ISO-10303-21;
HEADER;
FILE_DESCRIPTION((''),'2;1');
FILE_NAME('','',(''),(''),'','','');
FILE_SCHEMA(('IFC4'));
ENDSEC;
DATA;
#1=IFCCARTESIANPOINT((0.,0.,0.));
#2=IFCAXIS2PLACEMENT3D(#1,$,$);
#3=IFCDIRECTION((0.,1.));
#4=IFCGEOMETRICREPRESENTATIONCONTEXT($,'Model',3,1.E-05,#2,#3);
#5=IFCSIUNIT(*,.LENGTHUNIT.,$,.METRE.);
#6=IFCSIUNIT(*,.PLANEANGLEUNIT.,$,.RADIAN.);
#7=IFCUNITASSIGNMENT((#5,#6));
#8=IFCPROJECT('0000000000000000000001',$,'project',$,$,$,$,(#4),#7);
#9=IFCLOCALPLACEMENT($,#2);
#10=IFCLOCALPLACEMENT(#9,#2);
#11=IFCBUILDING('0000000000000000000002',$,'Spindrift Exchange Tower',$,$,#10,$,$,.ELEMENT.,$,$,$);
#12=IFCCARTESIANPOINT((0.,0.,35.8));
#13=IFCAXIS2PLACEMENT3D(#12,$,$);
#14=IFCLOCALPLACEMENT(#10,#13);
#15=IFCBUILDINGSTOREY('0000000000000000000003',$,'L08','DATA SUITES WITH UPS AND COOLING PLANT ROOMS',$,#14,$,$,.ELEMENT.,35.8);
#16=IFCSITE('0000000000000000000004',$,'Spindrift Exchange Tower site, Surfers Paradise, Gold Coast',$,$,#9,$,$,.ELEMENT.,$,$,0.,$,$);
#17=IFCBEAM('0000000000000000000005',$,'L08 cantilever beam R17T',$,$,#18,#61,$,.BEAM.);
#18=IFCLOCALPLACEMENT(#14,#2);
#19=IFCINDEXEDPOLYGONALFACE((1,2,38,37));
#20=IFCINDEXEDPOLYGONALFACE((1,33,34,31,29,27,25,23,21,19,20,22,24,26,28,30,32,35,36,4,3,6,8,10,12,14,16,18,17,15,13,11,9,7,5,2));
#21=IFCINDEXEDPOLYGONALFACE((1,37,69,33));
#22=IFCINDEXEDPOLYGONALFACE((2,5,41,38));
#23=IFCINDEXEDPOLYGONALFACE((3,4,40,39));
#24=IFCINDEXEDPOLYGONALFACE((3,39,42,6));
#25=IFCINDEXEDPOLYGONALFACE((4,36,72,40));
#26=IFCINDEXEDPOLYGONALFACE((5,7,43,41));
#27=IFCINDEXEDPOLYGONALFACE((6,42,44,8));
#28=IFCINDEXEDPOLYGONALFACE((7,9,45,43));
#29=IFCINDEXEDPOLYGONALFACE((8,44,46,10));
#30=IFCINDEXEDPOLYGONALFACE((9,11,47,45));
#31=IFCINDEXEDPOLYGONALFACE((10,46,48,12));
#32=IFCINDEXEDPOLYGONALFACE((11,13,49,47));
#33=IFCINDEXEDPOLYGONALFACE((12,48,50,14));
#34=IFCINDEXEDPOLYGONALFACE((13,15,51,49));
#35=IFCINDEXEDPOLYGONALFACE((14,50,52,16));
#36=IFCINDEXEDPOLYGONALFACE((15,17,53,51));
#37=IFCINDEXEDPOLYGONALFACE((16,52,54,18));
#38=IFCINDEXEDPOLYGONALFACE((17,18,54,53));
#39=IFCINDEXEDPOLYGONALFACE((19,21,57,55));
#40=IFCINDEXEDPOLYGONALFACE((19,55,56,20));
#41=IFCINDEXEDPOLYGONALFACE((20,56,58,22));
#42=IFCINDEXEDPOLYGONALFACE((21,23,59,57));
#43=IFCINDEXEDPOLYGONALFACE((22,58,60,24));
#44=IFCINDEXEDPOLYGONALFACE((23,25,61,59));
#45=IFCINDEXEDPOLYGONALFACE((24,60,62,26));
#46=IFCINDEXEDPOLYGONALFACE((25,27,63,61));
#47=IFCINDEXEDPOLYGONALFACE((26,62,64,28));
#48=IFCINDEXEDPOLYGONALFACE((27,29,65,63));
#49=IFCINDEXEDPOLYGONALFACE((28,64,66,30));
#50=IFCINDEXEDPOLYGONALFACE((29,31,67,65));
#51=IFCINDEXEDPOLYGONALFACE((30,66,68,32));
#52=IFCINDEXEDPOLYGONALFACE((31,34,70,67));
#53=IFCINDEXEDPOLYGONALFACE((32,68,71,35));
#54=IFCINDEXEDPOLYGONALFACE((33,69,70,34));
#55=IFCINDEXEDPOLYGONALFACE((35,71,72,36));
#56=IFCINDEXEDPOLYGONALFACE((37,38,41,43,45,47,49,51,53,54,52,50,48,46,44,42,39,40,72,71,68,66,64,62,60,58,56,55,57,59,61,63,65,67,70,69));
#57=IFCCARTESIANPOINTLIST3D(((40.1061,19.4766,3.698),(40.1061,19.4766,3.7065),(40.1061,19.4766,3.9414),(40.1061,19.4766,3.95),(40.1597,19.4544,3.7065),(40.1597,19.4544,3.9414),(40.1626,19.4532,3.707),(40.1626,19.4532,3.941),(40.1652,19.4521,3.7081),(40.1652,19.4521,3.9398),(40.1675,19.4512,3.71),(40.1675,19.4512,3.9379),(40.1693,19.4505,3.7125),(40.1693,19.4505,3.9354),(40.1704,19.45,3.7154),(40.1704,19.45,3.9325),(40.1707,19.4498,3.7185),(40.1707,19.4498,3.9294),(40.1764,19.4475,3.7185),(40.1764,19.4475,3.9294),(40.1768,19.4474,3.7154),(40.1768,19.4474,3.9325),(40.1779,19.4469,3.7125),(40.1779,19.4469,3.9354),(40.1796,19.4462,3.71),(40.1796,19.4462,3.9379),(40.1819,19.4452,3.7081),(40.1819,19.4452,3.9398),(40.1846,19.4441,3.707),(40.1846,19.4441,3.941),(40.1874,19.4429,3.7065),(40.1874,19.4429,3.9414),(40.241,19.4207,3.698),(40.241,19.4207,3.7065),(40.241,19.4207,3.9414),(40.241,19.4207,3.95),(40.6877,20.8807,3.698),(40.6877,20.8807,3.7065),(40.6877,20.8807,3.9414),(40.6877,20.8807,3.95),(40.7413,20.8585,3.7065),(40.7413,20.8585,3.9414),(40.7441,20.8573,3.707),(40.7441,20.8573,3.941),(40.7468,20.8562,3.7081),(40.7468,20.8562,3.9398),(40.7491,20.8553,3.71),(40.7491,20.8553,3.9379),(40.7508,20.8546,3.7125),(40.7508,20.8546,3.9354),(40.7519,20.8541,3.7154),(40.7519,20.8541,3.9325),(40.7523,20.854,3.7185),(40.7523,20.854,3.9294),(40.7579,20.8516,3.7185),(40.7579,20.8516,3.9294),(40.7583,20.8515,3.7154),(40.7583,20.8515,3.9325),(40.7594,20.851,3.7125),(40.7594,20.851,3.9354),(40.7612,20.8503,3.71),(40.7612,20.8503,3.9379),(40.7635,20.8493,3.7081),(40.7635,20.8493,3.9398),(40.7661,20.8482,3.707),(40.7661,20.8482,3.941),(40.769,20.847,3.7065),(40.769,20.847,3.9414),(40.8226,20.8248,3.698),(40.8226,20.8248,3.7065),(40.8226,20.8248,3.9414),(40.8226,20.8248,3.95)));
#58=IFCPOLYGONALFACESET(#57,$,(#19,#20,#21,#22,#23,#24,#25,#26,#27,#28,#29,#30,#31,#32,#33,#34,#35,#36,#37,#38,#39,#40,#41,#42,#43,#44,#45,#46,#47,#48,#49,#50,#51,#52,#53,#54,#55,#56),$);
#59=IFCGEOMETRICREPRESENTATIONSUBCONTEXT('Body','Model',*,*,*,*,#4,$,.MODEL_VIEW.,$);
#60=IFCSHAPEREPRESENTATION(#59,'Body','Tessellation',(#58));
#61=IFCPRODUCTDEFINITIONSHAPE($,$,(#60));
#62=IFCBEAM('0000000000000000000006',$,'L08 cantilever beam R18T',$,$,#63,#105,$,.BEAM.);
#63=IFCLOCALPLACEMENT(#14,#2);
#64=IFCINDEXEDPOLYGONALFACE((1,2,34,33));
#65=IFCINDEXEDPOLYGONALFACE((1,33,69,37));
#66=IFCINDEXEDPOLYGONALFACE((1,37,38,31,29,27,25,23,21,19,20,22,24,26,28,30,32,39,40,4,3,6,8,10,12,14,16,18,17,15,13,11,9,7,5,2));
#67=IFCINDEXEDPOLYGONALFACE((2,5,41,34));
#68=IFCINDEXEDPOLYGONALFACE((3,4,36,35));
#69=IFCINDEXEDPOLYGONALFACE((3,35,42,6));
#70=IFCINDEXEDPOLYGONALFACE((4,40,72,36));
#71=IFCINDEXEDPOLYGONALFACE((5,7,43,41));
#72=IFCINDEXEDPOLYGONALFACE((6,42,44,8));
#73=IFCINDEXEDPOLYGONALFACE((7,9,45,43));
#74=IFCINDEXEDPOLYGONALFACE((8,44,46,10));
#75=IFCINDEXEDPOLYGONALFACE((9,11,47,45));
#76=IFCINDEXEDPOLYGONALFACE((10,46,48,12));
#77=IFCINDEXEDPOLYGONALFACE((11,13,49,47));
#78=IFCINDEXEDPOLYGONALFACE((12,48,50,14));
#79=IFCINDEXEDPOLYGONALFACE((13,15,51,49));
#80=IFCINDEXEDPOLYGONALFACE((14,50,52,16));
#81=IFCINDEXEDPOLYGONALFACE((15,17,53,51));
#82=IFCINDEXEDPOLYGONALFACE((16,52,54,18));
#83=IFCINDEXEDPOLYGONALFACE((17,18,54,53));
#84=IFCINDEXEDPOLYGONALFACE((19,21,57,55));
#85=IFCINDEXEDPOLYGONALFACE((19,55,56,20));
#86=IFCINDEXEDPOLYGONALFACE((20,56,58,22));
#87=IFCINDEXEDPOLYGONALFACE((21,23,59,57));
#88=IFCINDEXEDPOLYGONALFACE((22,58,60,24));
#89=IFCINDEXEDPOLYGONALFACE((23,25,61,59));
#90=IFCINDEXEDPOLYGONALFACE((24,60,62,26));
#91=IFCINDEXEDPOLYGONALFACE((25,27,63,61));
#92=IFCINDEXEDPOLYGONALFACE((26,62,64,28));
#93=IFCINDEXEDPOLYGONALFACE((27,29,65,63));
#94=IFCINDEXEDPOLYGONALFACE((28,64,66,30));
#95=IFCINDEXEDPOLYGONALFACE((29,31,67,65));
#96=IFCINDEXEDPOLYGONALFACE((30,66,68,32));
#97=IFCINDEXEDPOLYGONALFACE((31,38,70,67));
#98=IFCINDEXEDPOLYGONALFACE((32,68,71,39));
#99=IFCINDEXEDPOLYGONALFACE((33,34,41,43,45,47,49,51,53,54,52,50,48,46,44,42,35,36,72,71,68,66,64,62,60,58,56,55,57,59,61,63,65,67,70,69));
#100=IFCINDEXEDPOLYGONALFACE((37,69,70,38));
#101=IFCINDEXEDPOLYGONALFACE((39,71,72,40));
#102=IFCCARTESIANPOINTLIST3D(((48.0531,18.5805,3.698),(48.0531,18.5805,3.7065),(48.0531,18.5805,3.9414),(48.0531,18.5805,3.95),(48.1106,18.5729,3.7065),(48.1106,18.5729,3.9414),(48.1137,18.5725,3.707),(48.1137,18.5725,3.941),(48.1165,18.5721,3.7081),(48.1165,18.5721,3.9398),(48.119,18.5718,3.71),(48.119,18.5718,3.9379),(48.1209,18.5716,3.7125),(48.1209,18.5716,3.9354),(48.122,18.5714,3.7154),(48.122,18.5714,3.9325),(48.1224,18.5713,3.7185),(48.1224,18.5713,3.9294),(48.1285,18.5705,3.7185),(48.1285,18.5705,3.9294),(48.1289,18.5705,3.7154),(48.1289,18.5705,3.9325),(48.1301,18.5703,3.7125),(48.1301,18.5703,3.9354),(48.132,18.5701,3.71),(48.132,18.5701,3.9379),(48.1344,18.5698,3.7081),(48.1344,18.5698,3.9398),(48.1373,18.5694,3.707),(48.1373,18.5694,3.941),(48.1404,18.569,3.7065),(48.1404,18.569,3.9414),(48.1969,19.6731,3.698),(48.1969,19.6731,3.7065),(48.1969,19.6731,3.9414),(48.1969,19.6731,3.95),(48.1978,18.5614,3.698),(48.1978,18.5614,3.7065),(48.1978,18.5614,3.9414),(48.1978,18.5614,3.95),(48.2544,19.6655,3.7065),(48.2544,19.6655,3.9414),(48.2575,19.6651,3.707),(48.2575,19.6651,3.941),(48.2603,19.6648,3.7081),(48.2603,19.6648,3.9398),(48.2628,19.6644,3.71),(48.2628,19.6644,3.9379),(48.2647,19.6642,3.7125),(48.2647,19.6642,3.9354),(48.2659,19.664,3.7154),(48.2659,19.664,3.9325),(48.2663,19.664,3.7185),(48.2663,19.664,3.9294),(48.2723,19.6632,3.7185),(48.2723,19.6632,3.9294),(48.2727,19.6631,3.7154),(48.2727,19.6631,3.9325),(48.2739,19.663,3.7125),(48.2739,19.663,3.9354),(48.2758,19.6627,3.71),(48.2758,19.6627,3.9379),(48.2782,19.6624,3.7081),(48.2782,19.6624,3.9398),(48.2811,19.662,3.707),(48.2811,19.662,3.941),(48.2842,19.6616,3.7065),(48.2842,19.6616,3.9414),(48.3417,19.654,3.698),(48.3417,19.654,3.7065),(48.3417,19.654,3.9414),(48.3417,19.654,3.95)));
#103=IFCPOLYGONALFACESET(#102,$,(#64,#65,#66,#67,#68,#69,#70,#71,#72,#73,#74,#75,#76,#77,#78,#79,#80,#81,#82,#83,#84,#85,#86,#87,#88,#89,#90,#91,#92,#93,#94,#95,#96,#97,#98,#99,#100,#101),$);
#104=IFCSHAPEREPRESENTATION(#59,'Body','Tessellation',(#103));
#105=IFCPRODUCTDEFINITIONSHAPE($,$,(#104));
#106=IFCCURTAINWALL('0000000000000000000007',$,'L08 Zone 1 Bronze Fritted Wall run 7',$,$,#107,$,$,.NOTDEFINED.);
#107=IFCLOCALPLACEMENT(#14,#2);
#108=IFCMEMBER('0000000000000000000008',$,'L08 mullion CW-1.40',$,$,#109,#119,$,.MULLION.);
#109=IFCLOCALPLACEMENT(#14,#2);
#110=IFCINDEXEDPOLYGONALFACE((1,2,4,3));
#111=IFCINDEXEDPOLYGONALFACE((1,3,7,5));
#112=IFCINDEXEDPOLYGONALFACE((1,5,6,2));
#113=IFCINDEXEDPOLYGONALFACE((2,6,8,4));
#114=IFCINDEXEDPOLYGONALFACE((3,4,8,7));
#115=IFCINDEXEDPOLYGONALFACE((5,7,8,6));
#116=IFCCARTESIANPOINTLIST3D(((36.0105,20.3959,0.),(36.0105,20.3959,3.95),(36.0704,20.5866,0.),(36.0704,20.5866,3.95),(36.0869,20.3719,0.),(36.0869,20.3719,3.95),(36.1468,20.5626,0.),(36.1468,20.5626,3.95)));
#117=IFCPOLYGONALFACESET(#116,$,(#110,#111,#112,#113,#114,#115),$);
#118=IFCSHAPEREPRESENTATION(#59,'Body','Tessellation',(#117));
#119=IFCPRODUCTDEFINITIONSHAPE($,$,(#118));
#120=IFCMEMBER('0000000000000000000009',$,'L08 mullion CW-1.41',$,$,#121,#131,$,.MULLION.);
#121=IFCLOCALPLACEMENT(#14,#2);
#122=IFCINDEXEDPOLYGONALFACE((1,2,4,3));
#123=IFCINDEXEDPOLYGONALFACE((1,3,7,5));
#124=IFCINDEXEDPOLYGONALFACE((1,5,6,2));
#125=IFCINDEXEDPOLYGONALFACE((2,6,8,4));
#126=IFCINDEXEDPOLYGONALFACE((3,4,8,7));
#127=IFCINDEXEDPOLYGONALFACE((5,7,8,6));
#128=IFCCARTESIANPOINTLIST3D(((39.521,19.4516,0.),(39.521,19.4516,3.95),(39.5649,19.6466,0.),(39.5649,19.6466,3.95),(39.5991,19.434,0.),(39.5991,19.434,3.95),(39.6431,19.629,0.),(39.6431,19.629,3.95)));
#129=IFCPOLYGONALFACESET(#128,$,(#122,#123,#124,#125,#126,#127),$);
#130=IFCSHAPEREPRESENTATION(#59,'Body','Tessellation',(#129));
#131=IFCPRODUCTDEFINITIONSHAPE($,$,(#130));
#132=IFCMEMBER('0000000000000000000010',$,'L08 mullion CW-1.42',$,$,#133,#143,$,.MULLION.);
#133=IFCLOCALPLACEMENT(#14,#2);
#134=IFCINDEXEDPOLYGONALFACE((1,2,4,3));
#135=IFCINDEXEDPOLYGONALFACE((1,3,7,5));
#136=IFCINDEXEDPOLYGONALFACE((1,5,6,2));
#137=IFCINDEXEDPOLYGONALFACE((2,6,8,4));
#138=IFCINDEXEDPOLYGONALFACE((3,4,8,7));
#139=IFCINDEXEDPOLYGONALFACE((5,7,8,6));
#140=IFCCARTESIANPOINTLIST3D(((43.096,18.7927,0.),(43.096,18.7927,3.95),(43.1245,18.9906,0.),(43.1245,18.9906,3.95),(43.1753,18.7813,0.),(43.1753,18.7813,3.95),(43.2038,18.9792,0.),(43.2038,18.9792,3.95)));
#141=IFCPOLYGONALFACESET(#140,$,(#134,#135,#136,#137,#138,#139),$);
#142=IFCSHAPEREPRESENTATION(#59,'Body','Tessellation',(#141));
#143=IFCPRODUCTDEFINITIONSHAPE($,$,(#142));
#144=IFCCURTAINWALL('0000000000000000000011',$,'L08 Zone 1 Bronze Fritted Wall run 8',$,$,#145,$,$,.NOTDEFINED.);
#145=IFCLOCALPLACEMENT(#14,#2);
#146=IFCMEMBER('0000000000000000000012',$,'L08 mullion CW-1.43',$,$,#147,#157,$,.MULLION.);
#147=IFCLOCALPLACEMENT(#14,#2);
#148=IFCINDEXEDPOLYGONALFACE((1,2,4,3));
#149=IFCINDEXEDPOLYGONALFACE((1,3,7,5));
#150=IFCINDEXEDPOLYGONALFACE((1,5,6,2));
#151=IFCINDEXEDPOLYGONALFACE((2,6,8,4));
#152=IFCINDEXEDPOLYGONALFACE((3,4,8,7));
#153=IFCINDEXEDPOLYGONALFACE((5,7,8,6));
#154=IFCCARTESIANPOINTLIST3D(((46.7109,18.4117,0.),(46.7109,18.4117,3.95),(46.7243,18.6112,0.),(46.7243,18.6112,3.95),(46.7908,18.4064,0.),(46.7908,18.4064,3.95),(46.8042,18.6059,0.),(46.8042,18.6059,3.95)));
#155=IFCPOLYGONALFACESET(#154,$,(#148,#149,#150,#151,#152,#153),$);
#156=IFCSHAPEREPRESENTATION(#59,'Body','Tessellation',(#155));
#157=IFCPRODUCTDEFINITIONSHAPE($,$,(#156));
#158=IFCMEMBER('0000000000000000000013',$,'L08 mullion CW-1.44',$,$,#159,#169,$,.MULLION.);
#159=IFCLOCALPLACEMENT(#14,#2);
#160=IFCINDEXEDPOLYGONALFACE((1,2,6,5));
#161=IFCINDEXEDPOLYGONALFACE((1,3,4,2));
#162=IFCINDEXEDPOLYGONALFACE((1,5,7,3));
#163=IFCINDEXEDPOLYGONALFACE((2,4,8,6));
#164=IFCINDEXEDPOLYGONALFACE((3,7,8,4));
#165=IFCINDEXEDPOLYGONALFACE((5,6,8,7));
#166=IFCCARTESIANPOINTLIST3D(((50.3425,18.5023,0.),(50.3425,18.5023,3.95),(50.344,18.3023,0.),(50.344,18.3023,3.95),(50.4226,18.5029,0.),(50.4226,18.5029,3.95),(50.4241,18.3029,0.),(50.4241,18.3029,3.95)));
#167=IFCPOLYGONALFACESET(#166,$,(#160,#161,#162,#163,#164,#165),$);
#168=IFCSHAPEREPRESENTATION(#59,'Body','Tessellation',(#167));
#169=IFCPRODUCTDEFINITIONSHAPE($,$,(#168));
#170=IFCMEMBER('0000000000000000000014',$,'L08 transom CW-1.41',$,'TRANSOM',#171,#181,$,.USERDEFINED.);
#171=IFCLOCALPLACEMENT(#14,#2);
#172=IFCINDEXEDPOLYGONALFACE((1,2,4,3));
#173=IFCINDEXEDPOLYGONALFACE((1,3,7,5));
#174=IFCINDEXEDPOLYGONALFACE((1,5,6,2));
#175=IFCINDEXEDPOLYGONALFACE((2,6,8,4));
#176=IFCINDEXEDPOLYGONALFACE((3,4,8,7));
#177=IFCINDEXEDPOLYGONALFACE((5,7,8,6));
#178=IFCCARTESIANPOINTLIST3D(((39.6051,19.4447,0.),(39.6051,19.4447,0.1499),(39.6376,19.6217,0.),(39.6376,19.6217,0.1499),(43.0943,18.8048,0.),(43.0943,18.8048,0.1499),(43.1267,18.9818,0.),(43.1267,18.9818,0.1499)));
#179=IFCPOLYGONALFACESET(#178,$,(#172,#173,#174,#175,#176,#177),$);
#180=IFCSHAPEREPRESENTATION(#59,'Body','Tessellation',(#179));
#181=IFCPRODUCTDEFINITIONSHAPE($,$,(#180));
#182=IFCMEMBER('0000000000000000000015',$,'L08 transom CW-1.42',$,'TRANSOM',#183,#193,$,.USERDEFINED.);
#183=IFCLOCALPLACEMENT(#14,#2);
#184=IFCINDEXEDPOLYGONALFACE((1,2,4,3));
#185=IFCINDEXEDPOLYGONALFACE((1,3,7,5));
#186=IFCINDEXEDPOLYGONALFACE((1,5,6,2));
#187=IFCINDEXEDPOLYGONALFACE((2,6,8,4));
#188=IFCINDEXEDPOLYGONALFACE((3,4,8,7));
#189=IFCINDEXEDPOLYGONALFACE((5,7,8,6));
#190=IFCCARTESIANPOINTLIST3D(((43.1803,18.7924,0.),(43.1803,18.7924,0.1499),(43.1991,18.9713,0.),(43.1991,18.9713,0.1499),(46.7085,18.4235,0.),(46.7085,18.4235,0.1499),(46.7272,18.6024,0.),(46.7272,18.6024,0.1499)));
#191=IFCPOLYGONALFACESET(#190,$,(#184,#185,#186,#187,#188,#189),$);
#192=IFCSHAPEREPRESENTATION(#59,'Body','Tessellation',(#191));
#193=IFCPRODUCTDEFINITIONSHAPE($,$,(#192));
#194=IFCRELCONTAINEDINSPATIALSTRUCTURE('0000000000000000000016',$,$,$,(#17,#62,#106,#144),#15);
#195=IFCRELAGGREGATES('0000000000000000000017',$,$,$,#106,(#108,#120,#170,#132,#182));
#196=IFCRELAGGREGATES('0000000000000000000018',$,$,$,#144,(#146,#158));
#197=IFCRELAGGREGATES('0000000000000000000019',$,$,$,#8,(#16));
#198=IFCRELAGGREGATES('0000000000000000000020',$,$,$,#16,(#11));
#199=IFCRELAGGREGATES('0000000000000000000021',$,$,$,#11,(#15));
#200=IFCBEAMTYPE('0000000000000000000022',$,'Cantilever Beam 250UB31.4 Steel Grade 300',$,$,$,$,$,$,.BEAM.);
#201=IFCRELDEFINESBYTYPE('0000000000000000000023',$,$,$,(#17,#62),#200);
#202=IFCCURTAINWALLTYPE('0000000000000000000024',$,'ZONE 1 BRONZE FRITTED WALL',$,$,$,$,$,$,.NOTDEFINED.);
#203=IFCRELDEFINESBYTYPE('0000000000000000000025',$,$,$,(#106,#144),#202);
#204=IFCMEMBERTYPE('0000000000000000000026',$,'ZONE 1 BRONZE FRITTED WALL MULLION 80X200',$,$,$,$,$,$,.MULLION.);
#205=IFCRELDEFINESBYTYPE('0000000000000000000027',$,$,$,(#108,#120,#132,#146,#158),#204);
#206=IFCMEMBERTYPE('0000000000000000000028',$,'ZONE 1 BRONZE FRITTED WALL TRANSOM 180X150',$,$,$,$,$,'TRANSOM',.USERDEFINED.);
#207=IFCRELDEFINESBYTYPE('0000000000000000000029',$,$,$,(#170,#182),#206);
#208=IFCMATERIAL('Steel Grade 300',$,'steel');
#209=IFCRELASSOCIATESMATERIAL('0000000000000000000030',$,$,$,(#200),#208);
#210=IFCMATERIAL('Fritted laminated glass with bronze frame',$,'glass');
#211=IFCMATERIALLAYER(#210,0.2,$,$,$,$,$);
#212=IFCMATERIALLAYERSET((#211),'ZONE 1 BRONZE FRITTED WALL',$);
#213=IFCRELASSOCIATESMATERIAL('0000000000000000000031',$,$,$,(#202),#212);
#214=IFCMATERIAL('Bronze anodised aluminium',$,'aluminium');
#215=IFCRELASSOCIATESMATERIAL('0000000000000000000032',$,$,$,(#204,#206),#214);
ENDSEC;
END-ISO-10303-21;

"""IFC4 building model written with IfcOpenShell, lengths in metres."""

from ifc_helpers import new_model, si_unit, direction, frame, origin, origin_2d, place, context, subcontext, project, spatial, rectangle, i_section, extrude, source, transform, mapped, material, layer, layer_set, material_profile, profile_set, type_object, element, aggregate, save


model = new_model("IFC4")

# Units and contexts
model_context = context("Model", 3, precision=1e-05, world=origin(), true_north=direction((0.0, 1.0)))
body_context = subcontext(model_context, "Body", "Model", "MODEL_VIEW")
ifc_project = project(units=[si_unit("LENGTHUNIT", "METRE"), si_unit("PLANEANGLEUNIT", "RADIAN")], contexts=[model_context])

# Site, building, storey
site_placement = place(None, origin())
site = spatial("IfcSite", under=ifc_project, at=site_placement, Name="Spindrift Exchange Tower site, Surfers Paradise, Gold Coast", CompositionType="ELEMENT", RefElevation=0.0)
building_placement = place(site_placement, origin())
building = spatial("IfcBuilding", under=site, at=building_placement, Name="Spindrift Exchange Tower", CompositionType="ELEMENT")
storey_placement = place(building_placement, frame((0.0, 0.0, 35.8)))
storey = spatial("IfcBuildingStorey", under=building, at=storey_placement, Name="L08", Description="DATA SUITES WITH UPS AND COOLING PLANT ROOMS", CompositionType="ELEMENT", Elevation=35.8)

# Beams
ifc_material_1 = material(Name="Steel Grade 300", Category="steel")
ifc_material_profile_1 = material_profile(ifc_material_1, i_section(OverallWidth=0.146, OverallDepth=0.252, WebThickness=0.0061, FlangeThickness=0.0085, FilletRadius=0.012, at=origin_2d()), Name="250UB31.4")
ifc_profile_set_1 = profile_set([ifc_material_profile_1], Name="Steel Grade 300")
beam_type_1 = type_object("IfcBeamType", Name="Cantilever Beam 250UB31.4 Steel Grade 300", PredefinedType="BEAM", material=ifc_profile_set_1)
shared_shape_1 = source(origin(), body_context, "Body", "SweptSolid", [
    extrude(i_section(OverallWidth=0.146, OverallDepth=0.252, WebThickness=0.0061, FlangeThickness=0.0085, FilletRadius=0.012, at=origin_2d()), origin(), (0.0, 0.0, 1.0), 1.5198),
])
beam_1_placement = place(storey_placement, frame((40.7551, 20.8528, 3.824), z_axis=(-0.382664, -0.923888, 0.0), x_axis=(0.923888, -0.382664, 0.0)))
element("IfcBeam", 1, at=beam_1_placement, inside=storey, type_object=beam_type_1, Name="L08 cantilever beam R17T", PredefinedType="BEAM", context=body_context, shape_type="MappedRepresentation", body=[
    mapped(shared_shape_1, transform((0.0, 0.0, 0.0), scale=1.0)),
])
shared_shape_2 = source(origin(), body_context, "Body", "SweptSolid", [
    extrude(i_section(OverallWidth=0.146, OverallDepth=0.252, WebThickness=0.0061, FlangeThickness=0.0085, FilletRadius=0.012, at=origin_2d()), origin(), (0.0, 0.0, 1.0), 1.1021),
])
beam_2_placement = place(storey_placement, frame((48.2693, 19.6636, 3.824), z_axis=(-0.130495, -0.991449, 0.0), x_axis=(0.991449, -0.130495, 0.0)))
element("IfcBeam", 2, at=beam_2_placement, inside=storey, type_object=beam_type_1, Name="L08 cantilever beam R18T", PredefinedType="BEAM", context=body_context, shape_type="MappedRepresentation", body=[
    mapped(shared_shape_2, transform((0.0, 0.0, 0.0), scale=1.0)),
])

# Curtain walls, members
ifc_material_2 = material(Name="Fritted laminated glass with bronze frame", Category="glass")
ifc_layer_1 = layer(ifc_material_2, 0.2)
ifc_layer_set_1 = layer_set([ifc_layer_1], Name="ZONE 1 BRONZE FRITTED WALL")
curtain_wall_type = type_object("IfcCurtainWallType", Name="ZONE 1 BRONZE FRITTED WALL", PredefinedType="NOTDEFINED", material=ifc_layer_set_1)
curtain_wall_1_placement = place(storey_placement, origin())
curtain_wall_1 = element("IfcCurtainWall", 3, at=curtain_wall_1_placement, inside=storey, type_object=curtain_wall_type, Name="L08 Zone 1 Bronze Fritted Wall run 7", PredefinedType="NOTDEFINED")
ifc_material_3 = material(Name="Bronze anodised aluminium", Category="aluminium")
ifc_material_profile_2 = material_profile(ifc_material_3, rectangle(XDim=0.0801, YDim=0.2, at=origin_2d()), Name="ZONE 1 BRONZE FRITTED WALL MULLION 80X200")
ifc_profile_set_2 = profile_set([ifc_material_profile_2], Name="Bronze anodised aluminium")
member_type_1 = type_object("IfcMemberType", Name="ZONE 1 BRONZE FRITTED WALL MULLION 80X200", PredefinedType="MULLION", material=ifc_profile_set_2)
shared_shape_3 = source(origin(), body_context, "Body", "SweptSolid", [
    extrude(rectangle(XDim=0.0801, YDim=0.2, at=origin_2d()), origin(), (0.0, 0.0, 1.0), 3.95),
])
member_1_placement = place(storey_placement, frame((36.0786, 20.4792, 0.0), z_axis=(0.0, 0.0, 1.0), x_axis=(0.954092, -0.299515, 0.0)))
member_1 = element("IfcMember", 4, at=member_1_placement, type_object=member_type_1, Name="L08 mullion CW-1.40", PredefinedType="MULLION", context=body_context, shape_type="MappedRepresentation", body=[
    mapped(shared_shape_3, transform((0.0, 0.0, 0.0), scale=1.0)),
])
member_2_placement = place(storey_placement, frame((39.582, 19.5403, 0.0), z_axis=(0.0, 0.0, 1.0), x_axis=(0.975546, -0.219796, 0.0)))
member_2 = element("IfcMember", 5, at=member_2_placement, type_object=member_type_1, Name="L08 mullion CW-1.41", PredefinedType="MULLION", context=body_context, shape_type="MappedRepresentation", body=[
    mapped(shared_shape_3, transform((0.0, 0.0, 0.0), scale=1.0)),
])
member_3_placement = place(storey_placement, frame((43.1499, 18.886, 0.0), z_axis=(0.0, 0.0, 1.0), x_axis=(0.989823, -0.142304, 0.0)))
member_3 = element("IfcMember", 6, at=member_3_placement, type_object=member_type_1, Name="L08 mullion CW-1.42", PredefinedType="MULLION", context=body_context, shape_type="MappedRepresentation", body=[
    mapped(shared_shape_3, transform((0.0, 0.0, 0.0), scale=1.0)),
])
curtain_wall_2_placement = place(storey_placement, origin())
curtain_wall_2 = element("IfcCurtainWall", 7, at=curtain_wall_2_placement, inside=storey, type_object=curtain_wall_type, Name="L08 Zone 1 Bronze Fritted Wall run 8", PredefinedType="NOTDEFINED")
member_4_placement = place(storey_placement, frame((46.7576, 18.5088, 0.0), z_axis=(0.0, 0.0, 1.0), x_axis=(0.997773, -0.066707, 0.0)))
member_4 = element("IfcMember", 8, at=member_4_placement, type_object=member_type_1, Name="L08 mullion CW-1.43", PredefinedType="MULLION", context=body_context, shape_type="MappedRepresentation", body=[
    mapped(shared_shape_3, transform((0.0, 0.0, 0.0), scale=1.0)),
])
member_5_placement = place(storey_placement, frame((50.3833, 18.4026, 0.0), z_axis=(0.0, 0.0, 1.0), x_axis=(0.999972, 0.007434, 0.0)))
member_5 = element("IfcMember", 9, at=member_5_placement, type_object=member_type_1, Name="L08 mullion CW-1.44", PredefinedType="MULLION", context=body_context, shape_type="MappedRepresentation", body=[
    mapped(shared_shape_3, transform((0.0, 0.0, 0.0), scale=1.0)),
])

# Members
ifc_material_profile_3 = material_profile(ifc_material_3, rectangle(XDim=0.1799, YDim=0.1499, at=origin_2d()), Name="ZONE 1 BRONZE FRITTED WALL TRANSOM 180X150")
ifc_profile_set_3 = profile_set([ifc_material_profile_3], Name="Bronze anodised aluminium")
member_type_2 = type_object("IfcMemberType", Name="ZONE 1 BRONZE FRITTED WALL TRANSOM 180X150", ElementType="TRANSOM", PredefinedType="USERDEFINED", material=ifc_profile_set_3)
shared_shape_4 = source(origin(), body_context, "Body", "SweptSolid", [
    extrude(rectangle(XDim=0.1799, YDim=0.1499, at=origin_2d()), origin(), (0.0, 0.0, 1.0), 3.5474),
])
member_6_placement = place(storey_placement, frame((39.6213, 19.5332, 0.075), z_axis=(0.983597, -0.180381, 0.0), x_axis=(0.180381, 0.983597, 0.0)))
member_6 = element("IfcMember", 10, at=member_6_placement, type_object=member_type_2, Name="L08 transom CW-1.41", ObjectType="TRANSOM", PredefinedType="USERDEFINED", context=body_context, shape_type="MappedRepresentation", body=[
    mapped(shared_shape_4, transform((0.0, 0.0, 0.0), scale=1.0)),
])
member_7_placement = place(storey_placement, frame((43.1897, 18.8818, 0.075), z_axis=(0.994578, -0.103993, 0.0), x_axis=(0.103993, 0.994578, 0.0)))
member_7 = element("IfcMember", 11, at=member_7_placement, type_object=member_type_2, Name="L08 transom CW-1.42", ObjectType="TRANSOM", PredefinedType="USERDEFINED", context=body_context, shape_type="MappedRepresentation", body=[
    mapped(shared_shape_4, transform((0.0, 0.0, 0.0), scale=1.0)),
])

aggregate(curtain_wall_1, [member_1, member_2, member_6, member_3, member_7])
aggregate(curtain_wall_2, [member_4, member_5])

save(model, "model.ifc")
